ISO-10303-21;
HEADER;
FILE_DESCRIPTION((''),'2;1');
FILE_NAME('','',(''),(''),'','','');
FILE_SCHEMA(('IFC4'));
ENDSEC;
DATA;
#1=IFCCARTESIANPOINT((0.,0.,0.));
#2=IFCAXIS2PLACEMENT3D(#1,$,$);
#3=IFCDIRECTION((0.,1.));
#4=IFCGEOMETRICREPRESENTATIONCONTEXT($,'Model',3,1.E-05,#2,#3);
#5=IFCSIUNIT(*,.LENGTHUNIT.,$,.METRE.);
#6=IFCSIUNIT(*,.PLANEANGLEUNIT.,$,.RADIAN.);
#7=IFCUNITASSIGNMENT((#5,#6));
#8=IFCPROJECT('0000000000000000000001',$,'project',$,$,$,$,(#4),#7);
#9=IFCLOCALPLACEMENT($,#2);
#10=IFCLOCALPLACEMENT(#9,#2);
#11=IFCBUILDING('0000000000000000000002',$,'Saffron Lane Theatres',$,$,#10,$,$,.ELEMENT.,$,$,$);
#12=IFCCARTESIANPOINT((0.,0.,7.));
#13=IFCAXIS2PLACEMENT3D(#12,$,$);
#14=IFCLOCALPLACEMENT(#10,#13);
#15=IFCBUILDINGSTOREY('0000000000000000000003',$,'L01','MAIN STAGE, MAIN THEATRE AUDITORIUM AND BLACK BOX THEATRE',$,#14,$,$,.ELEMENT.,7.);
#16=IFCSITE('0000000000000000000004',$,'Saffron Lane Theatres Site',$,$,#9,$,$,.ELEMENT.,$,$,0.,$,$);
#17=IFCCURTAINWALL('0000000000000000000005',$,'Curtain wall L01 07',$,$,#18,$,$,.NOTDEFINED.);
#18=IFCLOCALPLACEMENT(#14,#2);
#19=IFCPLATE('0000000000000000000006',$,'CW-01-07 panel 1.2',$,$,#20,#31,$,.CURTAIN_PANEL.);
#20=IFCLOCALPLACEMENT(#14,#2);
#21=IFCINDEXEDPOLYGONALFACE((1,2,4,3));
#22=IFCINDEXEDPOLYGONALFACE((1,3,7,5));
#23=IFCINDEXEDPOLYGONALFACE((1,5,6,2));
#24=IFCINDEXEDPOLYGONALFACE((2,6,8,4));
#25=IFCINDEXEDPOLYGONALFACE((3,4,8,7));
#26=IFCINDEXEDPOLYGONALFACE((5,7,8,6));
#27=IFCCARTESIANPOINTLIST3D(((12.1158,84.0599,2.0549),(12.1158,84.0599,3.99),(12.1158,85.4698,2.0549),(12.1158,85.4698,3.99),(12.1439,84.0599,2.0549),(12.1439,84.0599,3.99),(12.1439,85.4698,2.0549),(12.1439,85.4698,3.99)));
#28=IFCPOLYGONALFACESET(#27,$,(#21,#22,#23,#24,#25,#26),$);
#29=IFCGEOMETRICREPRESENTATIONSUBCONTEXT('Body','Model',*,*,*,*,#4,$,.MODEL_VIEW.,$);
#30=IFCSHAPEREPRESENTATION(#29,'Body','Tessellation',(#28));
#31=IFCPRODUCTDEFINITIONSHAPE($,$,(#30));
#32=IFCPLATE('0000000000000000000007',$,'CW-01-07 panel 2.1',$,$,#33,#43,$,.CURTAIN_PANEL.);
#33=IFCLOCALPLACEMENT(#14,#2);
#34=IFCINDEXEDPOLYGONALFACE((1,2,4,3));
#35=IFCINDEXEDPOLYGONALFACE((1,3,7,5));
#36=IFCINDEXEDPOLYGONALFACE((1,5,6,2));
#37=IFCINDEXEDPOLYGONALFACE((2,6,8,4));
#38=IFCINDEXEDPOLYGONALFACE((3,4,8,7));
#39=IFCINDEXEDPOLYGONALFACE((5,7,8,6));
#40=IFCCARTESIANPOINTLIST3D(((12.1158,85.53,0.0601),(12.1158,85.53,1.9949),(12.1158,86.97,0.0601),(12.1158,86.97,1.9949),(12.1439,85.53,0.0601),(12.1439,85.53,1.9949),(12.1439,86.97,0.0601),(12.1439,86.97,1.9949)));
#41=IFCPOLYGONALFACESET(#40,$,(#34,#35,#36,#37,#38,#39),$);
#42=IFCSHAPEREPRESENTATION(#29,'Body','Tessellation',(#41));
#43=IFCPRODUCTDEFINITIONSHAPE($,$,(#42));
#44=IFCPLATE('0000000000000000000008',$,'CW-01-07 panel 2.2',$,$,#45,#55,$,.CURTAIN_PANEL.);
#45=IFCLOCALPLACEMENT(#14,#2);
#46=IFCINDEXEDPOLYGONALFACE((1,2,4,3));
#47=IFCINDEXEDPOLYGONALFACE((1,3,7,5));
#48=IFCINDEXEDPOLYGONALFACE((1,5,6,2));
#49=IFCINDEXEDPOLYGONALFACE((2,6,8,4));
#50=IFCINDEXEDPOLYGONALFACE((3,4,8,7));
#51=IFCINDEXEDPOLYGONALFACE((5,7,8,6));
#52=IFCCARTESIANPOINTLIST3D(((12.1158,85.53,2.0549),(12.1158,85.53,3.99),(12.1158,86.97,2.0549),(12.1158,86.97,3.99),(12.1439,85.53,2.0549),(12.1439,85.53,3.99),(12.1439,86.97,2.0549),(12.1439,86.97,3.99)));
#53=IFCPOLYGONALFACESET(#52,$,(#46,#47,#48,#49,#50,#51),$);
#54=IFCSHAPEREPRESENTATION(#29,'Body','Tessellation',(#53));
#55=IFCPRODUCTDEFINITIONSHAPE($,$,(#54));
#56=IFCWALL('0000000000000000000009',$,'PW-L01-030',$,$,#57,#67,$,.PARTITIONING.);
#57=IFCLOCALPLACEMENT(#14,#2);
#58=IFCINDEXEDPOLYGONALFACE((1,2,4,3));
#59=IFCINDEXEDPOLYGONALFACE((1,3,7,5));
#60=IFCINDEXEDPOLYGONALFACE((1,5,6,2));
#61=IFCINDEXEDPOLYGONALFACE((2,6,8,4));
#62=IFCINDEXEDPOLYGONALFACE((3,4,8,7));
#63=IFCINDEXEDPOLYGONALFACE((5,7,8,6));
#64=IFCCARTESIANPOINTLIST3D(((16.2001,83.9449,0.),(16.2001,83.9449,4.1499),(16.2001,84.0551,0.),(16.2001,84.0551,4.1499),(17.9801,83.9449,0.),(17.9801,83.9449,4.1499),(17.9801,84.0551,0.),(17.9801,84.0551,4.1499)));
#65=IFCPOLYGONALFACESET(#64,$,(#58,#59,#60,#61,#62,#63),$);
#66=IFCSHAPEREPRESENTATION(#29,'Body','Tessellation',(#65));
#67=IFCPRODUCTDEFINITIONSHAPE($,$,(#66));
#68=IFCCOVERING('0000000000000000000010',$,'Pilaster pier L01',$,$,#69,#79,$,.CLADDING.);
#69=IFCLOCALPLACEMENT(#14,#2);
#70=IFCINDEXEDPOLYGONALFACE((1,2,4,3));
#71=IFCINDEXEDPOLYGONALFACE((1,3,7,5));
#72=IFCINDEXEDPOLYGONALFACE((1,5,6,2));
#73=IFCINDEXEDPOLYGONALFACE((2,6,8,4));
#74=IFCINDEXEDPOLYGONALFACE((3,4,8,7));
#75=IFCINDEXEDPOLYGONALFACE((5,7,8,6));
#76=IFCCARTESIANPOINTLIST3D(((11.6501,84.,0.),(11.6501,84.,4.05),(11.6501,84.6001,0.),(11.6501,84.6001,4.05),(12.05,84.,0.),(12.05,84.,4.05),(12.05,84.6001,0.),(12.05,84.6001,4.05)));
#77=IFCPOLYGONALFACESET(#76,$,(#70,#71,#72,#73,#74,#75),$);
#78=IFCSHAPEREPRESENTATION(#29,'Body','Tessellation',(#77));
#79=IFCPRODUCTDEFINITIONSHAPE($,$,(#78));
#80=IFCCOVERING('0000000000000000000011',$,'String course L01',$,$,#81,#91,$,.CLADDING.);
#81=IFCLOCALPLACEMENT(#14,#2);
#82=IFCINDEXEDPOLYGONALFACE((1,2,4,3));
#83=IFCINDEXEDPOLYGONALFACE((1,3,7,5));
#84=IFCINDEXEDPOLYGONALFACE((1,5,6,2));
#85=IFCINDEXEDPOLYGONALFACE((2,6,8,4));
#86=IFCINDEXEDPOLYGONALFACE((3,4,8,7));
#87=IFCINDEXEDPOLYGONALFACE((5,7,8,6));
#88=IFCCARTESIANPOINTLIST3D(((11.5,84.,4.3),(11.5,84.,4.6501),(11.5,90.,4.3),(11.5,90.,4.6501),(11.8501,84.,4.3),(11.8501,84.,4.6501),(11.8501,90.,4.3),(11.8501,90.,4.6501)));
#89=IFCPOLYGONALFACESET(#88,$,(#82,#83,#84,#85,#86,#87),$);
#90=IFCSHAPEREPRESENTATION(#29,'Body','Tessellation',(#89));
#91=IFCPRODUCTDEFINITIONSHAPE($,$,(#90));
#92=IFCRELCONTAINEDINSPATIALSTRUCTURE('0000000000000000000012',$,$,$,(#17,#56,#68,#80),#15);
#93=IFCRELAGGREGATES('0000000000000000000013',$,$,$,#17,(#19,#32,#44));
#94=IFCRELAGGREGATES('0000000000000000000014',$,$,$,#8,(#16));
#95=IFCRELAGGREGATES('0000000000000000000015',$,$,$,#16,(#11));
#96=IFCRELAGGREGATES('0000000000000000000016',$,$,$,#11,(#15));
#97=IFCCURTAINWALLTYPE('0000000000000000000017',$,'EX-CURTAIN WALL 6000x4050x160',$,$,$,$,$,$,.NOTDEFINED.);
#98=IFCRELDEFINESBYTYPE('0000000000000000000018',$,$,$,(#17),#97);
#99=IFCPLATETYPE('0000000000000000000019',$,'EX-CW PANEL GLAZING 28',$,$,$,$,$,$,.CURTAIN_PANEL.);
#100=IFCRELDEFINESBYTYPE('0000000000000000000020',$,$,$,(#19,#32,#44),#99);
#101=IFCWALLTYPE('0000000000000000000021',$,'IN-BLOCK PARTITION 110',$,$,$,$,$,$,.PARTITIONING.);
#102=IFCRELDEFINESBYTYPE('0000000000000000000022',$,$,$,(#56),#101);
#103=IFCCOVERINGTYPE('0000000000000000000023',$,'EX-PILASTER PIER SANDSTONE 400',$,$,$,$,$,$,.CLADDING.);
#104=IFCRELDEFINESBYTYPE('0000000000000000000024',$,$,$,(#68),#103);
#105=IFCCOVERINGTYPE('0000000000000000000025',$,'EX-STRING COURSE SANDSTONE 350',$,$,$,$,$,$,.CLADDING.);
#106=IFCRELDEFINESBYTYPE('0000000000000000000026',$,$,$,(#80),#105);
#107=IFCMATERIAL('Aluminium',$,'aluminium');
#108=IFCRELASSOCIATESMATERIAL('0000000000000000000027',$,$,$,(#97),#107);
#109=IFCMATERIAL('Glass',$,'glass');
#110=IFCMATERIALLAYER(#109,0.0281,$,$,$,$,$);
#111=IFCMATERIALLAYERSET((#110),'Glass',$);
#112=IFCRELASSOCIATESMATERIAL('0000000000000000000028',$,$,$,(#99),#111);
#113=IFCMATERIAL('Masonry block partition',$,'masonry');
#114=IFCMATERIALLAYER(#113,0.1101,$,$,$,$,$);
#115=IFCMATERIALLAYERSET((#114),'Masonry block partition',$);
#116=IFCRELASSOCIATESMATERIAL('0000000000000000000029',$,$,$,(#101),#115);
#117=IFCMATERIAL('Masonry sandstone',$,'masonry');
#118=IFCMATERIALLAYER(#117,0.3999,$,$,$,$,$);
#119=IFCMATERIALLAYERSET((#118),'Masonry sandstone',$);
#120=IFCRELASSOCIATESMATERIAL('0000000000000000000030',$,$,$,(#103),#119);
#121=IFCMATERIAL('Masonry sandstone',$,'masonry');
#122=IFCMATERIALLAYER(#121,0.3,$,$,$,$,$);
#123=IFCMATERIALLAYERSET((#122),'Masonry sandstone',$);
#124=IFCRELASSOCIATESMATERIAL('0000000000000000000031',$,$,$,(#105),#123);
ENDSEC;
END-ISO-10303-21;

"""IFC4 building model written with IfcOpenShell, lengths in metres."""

from ifc_helpers import new_model, si_unit, direction, frame, frame_2d, origin, origin_2d, place, context, subcontext, project, spatial, rectangle, extrude, material, layer, layer_set, type_object, element, aggregate, save


model = new_model("IFC4")

# Units and contexts
model_context = context("Model", 3, precision=1e-05, world=origin(), true_north=direction((0.0, 1.0)))
body_context = subcontext(model_context, "Body", "Model", "MODEL_VIEW")
ifc_project = project(units=[si_unit("LENGTHUNIT", "METRE"), si_unit("PLANEANGLEUNIT", "RADIAN")], contexts=[model_context])

# Site, building, storey
site_placement = place(None, origin())
site = spatial("IfcSite", under=ifc_project, at=site_placement, Name="Saffron Lane Theatres Site", CompositionType="ELEMENT", RefElevation=0.0)
building_placement = place(site_placement, origin())
building = spatial("IfcBuilding", under=site, at=building_placement, Name="Saffron Lane Theatres", CompositionType="ELEMENT")
storey_placement = place(building_placement, frame((0.0, 0.0, 7.0)))
storey = spatial("IfcBuildingStorey", under=building, at=storey_placement, Name="L01", Description="MAIN STAGE, MAIN THEATRE AUDITORIUM AND BLACK BOX THEATRE", CompositionType="ELEMENT", Elevation=7.0)

# Curtain wall
ifc_material_1 = material(Name="Aluminium", Category="aluminium")
curtain_wall_type = type_object("IfcCurtainWallType", Name="EX-CURTAIN WALL 6000x4050x160", PredefinedType="NOTDEFINED", material=ifc_material_1)
curtain_wall_placement = place(storey_placement, origin())
curtain_wall = element("IfcCurtainWall", 1, at=curtain_wall_placement, inside=storey, type_object=curtain_wall_type, Name="Curtain wall L01 07", PredefinedType="NOTDEFINED")

# Plates
ifc_material_2 = material(Name="Glass", Category="glass")
ifc_layer_1 = layer(ifc_material_2, 0.0281)
ifc_layer_set_1 = layer_set([ifc_layer_1], Name="Glass")
plate_type = type_object("IfcPlateType", Name="EX-CW PANEL GLAZING 28", PredefinedType="CURTAIN_PANEL", material=ifc_layer_set_1)
plate_1_placement = place(storey_placement, frame((12.1299, 84.7649, 2.0549), z_axis=(0.0, 0.0, 1.0), x_axis=(0.0, 1.0, 0.0)))
plate_1 = element("IfcPlate", 2, at=plate_1_placement, type_object=plate_type, Name="CW-01-07 panel 1.2", PredefinedType="CURTAIN_PANEL", context=body_context, shape_type="SweptSolid", body=[
    extrude(rectangle(XDim=1.4099, YDim=0.0281, at=origin_2d()), origin(), (0.0, 0.0, 1.0), 1.9351),
])
plate_2_placement = place(storey_placement, frame((12.1299, 86.25, 0.0601), z_axis=(0.0, 0.0, 1.0), x_axis=(0.0, 1.0, 0.0)))
plate_2 = element("IfcPlate", 3, at=plate_2_placement, type_object=plate_type, Name="CW-01-07 panel 2.1", PredefinedType="CURTAIN_PANEL", context=body_context, shape_type="SweptSolid", body=[
    extrude(rectangle(XDim=1.4399, YDim=0.0281, at=origin_2d()), origin(), (0.0, 0.0, 1.0), 1.9348),
])
plate_3_placement = place(storey_placement, frame((12.1299, 86.25, 2.0549), z_axis=(0.0, 0.0, 1.0), x_axis=(0.0, 1.0, 0.0)))
plate_3 = element("IfcPlate", 4, at=plate_3_placement, type_object=plate_type, Name="CW-01-07 panel 2.2", PredefinedType="CURTAIN_PANEL", context=body_context, shape_type="SweptSolid", body=[
    extrude(rectangle(XDim=1.4399, YDim=0.0281, at=origin_2d()), origin(), (0.0, 0.0, 1.0), 1.9351),
])
aggregate(curtain_wall, [plate_1, plate_2, plate_3])

# Wall
ifc_material_3 = material(Name="Masonry block partition", Category="masonry")
ifc_layer_2 = layer(ifc_material_3, 0.1101)
ifc_layer_set_2 = layer_set([ifc_layer_2], Name="Masonry block partition")
wall_type = type_object("IfcWallType", Name="IN-BLOCK PARTITION 110", PredefinedType="PARTITIONING", material=ifc_layer_set_2)
wall_placement = place(storey_placement, frame((16.2, 84.0, 0.0), z_axis=(0.0, 0.0, 1.0), x_axis=(1.0, 0.0, 0.0)))
element("IfcWall", 5, at=wall_placement, inside=storey, type_object=wall_type, Name="PW-L01-030", PredefinedType="PARTITIONING", context=body_context, shape_type="SweptSolid", body=[
    extrude(rectangle(XDim=1.78, YDim=0.1101, at=frame_2d((0.8901, 0.0))), origin(), (0.0, 0.0, 1.0), 4.1499),
])

# Coverings
ifc_material_4 = material(Name="Masonry sandstone", Category="masonry")
ifc_layer_3 = layer(ifc_material_4, 0.3999)
ifc_layer_set_3 = layer_set([ifc_layer_3], Name="Masonry sandstone")
covering_type_1 = type_object("IfcCoveringType", Name="EX-PILASTER PIER SANDSTONE 400", PredefinedType="CLADDING", material=ifc_layer_set_3)
covering_1_placement = place(storey_placement, frame((11.8501, 84.3, 0.0), z_axis=(0.0, 0.0, 1.0), x_axis=(0.0, 1.0, 0.0)))
element("IfcCovering", 6, at=covering_1_placement, inside=storey, type_object=covering_type_1, Name="Pilaster pier L01", PredefinedType="CLADDING", context=body_context, shape_type="SweptSolid", body=[
    extrude(rectangle(XDim=0.6001, YDim=0.3999, at=origin_2d()), origin(), (0.0, 0.0, 1.0), 4.05),
])
ifc_material_5 = material(Name="Masonry sandstone", Category="masonry")
ifc_layer_4 = layer(ifc_material_5, 0.3)
ifc_layer_set_4 = layer_set([ifc_layer_4], Name="Masonry sandstone")
covering_type_2 = type_object("IfcCoveringType", Name="EX-STRING COURSE SANDSTONE 350", PredefinedType="CLADDING", material=ifc_layer_set_4)
covering_2_placement = place(storey_placement, frame((11.675, 87.0, 4.3), z_axis=(0.0, 0.0, 1.0), x_axis=(0.0, 1.0, 0.0)))
element("IfcCovering", 7, at=covering_2_placement, inside=storey, type_object=covering_type_2, Name="String course L01", PredefinedType="CLADDING", context=body_context, shape_type="SweptSolid", body=[
    extrude(rectangle(XDim=6.0, YDim=0.3501, at=origin_2d()), origin(), (0.0, 0.0, 1.0), 0.3501),
])

save(model, "model.ifc")
